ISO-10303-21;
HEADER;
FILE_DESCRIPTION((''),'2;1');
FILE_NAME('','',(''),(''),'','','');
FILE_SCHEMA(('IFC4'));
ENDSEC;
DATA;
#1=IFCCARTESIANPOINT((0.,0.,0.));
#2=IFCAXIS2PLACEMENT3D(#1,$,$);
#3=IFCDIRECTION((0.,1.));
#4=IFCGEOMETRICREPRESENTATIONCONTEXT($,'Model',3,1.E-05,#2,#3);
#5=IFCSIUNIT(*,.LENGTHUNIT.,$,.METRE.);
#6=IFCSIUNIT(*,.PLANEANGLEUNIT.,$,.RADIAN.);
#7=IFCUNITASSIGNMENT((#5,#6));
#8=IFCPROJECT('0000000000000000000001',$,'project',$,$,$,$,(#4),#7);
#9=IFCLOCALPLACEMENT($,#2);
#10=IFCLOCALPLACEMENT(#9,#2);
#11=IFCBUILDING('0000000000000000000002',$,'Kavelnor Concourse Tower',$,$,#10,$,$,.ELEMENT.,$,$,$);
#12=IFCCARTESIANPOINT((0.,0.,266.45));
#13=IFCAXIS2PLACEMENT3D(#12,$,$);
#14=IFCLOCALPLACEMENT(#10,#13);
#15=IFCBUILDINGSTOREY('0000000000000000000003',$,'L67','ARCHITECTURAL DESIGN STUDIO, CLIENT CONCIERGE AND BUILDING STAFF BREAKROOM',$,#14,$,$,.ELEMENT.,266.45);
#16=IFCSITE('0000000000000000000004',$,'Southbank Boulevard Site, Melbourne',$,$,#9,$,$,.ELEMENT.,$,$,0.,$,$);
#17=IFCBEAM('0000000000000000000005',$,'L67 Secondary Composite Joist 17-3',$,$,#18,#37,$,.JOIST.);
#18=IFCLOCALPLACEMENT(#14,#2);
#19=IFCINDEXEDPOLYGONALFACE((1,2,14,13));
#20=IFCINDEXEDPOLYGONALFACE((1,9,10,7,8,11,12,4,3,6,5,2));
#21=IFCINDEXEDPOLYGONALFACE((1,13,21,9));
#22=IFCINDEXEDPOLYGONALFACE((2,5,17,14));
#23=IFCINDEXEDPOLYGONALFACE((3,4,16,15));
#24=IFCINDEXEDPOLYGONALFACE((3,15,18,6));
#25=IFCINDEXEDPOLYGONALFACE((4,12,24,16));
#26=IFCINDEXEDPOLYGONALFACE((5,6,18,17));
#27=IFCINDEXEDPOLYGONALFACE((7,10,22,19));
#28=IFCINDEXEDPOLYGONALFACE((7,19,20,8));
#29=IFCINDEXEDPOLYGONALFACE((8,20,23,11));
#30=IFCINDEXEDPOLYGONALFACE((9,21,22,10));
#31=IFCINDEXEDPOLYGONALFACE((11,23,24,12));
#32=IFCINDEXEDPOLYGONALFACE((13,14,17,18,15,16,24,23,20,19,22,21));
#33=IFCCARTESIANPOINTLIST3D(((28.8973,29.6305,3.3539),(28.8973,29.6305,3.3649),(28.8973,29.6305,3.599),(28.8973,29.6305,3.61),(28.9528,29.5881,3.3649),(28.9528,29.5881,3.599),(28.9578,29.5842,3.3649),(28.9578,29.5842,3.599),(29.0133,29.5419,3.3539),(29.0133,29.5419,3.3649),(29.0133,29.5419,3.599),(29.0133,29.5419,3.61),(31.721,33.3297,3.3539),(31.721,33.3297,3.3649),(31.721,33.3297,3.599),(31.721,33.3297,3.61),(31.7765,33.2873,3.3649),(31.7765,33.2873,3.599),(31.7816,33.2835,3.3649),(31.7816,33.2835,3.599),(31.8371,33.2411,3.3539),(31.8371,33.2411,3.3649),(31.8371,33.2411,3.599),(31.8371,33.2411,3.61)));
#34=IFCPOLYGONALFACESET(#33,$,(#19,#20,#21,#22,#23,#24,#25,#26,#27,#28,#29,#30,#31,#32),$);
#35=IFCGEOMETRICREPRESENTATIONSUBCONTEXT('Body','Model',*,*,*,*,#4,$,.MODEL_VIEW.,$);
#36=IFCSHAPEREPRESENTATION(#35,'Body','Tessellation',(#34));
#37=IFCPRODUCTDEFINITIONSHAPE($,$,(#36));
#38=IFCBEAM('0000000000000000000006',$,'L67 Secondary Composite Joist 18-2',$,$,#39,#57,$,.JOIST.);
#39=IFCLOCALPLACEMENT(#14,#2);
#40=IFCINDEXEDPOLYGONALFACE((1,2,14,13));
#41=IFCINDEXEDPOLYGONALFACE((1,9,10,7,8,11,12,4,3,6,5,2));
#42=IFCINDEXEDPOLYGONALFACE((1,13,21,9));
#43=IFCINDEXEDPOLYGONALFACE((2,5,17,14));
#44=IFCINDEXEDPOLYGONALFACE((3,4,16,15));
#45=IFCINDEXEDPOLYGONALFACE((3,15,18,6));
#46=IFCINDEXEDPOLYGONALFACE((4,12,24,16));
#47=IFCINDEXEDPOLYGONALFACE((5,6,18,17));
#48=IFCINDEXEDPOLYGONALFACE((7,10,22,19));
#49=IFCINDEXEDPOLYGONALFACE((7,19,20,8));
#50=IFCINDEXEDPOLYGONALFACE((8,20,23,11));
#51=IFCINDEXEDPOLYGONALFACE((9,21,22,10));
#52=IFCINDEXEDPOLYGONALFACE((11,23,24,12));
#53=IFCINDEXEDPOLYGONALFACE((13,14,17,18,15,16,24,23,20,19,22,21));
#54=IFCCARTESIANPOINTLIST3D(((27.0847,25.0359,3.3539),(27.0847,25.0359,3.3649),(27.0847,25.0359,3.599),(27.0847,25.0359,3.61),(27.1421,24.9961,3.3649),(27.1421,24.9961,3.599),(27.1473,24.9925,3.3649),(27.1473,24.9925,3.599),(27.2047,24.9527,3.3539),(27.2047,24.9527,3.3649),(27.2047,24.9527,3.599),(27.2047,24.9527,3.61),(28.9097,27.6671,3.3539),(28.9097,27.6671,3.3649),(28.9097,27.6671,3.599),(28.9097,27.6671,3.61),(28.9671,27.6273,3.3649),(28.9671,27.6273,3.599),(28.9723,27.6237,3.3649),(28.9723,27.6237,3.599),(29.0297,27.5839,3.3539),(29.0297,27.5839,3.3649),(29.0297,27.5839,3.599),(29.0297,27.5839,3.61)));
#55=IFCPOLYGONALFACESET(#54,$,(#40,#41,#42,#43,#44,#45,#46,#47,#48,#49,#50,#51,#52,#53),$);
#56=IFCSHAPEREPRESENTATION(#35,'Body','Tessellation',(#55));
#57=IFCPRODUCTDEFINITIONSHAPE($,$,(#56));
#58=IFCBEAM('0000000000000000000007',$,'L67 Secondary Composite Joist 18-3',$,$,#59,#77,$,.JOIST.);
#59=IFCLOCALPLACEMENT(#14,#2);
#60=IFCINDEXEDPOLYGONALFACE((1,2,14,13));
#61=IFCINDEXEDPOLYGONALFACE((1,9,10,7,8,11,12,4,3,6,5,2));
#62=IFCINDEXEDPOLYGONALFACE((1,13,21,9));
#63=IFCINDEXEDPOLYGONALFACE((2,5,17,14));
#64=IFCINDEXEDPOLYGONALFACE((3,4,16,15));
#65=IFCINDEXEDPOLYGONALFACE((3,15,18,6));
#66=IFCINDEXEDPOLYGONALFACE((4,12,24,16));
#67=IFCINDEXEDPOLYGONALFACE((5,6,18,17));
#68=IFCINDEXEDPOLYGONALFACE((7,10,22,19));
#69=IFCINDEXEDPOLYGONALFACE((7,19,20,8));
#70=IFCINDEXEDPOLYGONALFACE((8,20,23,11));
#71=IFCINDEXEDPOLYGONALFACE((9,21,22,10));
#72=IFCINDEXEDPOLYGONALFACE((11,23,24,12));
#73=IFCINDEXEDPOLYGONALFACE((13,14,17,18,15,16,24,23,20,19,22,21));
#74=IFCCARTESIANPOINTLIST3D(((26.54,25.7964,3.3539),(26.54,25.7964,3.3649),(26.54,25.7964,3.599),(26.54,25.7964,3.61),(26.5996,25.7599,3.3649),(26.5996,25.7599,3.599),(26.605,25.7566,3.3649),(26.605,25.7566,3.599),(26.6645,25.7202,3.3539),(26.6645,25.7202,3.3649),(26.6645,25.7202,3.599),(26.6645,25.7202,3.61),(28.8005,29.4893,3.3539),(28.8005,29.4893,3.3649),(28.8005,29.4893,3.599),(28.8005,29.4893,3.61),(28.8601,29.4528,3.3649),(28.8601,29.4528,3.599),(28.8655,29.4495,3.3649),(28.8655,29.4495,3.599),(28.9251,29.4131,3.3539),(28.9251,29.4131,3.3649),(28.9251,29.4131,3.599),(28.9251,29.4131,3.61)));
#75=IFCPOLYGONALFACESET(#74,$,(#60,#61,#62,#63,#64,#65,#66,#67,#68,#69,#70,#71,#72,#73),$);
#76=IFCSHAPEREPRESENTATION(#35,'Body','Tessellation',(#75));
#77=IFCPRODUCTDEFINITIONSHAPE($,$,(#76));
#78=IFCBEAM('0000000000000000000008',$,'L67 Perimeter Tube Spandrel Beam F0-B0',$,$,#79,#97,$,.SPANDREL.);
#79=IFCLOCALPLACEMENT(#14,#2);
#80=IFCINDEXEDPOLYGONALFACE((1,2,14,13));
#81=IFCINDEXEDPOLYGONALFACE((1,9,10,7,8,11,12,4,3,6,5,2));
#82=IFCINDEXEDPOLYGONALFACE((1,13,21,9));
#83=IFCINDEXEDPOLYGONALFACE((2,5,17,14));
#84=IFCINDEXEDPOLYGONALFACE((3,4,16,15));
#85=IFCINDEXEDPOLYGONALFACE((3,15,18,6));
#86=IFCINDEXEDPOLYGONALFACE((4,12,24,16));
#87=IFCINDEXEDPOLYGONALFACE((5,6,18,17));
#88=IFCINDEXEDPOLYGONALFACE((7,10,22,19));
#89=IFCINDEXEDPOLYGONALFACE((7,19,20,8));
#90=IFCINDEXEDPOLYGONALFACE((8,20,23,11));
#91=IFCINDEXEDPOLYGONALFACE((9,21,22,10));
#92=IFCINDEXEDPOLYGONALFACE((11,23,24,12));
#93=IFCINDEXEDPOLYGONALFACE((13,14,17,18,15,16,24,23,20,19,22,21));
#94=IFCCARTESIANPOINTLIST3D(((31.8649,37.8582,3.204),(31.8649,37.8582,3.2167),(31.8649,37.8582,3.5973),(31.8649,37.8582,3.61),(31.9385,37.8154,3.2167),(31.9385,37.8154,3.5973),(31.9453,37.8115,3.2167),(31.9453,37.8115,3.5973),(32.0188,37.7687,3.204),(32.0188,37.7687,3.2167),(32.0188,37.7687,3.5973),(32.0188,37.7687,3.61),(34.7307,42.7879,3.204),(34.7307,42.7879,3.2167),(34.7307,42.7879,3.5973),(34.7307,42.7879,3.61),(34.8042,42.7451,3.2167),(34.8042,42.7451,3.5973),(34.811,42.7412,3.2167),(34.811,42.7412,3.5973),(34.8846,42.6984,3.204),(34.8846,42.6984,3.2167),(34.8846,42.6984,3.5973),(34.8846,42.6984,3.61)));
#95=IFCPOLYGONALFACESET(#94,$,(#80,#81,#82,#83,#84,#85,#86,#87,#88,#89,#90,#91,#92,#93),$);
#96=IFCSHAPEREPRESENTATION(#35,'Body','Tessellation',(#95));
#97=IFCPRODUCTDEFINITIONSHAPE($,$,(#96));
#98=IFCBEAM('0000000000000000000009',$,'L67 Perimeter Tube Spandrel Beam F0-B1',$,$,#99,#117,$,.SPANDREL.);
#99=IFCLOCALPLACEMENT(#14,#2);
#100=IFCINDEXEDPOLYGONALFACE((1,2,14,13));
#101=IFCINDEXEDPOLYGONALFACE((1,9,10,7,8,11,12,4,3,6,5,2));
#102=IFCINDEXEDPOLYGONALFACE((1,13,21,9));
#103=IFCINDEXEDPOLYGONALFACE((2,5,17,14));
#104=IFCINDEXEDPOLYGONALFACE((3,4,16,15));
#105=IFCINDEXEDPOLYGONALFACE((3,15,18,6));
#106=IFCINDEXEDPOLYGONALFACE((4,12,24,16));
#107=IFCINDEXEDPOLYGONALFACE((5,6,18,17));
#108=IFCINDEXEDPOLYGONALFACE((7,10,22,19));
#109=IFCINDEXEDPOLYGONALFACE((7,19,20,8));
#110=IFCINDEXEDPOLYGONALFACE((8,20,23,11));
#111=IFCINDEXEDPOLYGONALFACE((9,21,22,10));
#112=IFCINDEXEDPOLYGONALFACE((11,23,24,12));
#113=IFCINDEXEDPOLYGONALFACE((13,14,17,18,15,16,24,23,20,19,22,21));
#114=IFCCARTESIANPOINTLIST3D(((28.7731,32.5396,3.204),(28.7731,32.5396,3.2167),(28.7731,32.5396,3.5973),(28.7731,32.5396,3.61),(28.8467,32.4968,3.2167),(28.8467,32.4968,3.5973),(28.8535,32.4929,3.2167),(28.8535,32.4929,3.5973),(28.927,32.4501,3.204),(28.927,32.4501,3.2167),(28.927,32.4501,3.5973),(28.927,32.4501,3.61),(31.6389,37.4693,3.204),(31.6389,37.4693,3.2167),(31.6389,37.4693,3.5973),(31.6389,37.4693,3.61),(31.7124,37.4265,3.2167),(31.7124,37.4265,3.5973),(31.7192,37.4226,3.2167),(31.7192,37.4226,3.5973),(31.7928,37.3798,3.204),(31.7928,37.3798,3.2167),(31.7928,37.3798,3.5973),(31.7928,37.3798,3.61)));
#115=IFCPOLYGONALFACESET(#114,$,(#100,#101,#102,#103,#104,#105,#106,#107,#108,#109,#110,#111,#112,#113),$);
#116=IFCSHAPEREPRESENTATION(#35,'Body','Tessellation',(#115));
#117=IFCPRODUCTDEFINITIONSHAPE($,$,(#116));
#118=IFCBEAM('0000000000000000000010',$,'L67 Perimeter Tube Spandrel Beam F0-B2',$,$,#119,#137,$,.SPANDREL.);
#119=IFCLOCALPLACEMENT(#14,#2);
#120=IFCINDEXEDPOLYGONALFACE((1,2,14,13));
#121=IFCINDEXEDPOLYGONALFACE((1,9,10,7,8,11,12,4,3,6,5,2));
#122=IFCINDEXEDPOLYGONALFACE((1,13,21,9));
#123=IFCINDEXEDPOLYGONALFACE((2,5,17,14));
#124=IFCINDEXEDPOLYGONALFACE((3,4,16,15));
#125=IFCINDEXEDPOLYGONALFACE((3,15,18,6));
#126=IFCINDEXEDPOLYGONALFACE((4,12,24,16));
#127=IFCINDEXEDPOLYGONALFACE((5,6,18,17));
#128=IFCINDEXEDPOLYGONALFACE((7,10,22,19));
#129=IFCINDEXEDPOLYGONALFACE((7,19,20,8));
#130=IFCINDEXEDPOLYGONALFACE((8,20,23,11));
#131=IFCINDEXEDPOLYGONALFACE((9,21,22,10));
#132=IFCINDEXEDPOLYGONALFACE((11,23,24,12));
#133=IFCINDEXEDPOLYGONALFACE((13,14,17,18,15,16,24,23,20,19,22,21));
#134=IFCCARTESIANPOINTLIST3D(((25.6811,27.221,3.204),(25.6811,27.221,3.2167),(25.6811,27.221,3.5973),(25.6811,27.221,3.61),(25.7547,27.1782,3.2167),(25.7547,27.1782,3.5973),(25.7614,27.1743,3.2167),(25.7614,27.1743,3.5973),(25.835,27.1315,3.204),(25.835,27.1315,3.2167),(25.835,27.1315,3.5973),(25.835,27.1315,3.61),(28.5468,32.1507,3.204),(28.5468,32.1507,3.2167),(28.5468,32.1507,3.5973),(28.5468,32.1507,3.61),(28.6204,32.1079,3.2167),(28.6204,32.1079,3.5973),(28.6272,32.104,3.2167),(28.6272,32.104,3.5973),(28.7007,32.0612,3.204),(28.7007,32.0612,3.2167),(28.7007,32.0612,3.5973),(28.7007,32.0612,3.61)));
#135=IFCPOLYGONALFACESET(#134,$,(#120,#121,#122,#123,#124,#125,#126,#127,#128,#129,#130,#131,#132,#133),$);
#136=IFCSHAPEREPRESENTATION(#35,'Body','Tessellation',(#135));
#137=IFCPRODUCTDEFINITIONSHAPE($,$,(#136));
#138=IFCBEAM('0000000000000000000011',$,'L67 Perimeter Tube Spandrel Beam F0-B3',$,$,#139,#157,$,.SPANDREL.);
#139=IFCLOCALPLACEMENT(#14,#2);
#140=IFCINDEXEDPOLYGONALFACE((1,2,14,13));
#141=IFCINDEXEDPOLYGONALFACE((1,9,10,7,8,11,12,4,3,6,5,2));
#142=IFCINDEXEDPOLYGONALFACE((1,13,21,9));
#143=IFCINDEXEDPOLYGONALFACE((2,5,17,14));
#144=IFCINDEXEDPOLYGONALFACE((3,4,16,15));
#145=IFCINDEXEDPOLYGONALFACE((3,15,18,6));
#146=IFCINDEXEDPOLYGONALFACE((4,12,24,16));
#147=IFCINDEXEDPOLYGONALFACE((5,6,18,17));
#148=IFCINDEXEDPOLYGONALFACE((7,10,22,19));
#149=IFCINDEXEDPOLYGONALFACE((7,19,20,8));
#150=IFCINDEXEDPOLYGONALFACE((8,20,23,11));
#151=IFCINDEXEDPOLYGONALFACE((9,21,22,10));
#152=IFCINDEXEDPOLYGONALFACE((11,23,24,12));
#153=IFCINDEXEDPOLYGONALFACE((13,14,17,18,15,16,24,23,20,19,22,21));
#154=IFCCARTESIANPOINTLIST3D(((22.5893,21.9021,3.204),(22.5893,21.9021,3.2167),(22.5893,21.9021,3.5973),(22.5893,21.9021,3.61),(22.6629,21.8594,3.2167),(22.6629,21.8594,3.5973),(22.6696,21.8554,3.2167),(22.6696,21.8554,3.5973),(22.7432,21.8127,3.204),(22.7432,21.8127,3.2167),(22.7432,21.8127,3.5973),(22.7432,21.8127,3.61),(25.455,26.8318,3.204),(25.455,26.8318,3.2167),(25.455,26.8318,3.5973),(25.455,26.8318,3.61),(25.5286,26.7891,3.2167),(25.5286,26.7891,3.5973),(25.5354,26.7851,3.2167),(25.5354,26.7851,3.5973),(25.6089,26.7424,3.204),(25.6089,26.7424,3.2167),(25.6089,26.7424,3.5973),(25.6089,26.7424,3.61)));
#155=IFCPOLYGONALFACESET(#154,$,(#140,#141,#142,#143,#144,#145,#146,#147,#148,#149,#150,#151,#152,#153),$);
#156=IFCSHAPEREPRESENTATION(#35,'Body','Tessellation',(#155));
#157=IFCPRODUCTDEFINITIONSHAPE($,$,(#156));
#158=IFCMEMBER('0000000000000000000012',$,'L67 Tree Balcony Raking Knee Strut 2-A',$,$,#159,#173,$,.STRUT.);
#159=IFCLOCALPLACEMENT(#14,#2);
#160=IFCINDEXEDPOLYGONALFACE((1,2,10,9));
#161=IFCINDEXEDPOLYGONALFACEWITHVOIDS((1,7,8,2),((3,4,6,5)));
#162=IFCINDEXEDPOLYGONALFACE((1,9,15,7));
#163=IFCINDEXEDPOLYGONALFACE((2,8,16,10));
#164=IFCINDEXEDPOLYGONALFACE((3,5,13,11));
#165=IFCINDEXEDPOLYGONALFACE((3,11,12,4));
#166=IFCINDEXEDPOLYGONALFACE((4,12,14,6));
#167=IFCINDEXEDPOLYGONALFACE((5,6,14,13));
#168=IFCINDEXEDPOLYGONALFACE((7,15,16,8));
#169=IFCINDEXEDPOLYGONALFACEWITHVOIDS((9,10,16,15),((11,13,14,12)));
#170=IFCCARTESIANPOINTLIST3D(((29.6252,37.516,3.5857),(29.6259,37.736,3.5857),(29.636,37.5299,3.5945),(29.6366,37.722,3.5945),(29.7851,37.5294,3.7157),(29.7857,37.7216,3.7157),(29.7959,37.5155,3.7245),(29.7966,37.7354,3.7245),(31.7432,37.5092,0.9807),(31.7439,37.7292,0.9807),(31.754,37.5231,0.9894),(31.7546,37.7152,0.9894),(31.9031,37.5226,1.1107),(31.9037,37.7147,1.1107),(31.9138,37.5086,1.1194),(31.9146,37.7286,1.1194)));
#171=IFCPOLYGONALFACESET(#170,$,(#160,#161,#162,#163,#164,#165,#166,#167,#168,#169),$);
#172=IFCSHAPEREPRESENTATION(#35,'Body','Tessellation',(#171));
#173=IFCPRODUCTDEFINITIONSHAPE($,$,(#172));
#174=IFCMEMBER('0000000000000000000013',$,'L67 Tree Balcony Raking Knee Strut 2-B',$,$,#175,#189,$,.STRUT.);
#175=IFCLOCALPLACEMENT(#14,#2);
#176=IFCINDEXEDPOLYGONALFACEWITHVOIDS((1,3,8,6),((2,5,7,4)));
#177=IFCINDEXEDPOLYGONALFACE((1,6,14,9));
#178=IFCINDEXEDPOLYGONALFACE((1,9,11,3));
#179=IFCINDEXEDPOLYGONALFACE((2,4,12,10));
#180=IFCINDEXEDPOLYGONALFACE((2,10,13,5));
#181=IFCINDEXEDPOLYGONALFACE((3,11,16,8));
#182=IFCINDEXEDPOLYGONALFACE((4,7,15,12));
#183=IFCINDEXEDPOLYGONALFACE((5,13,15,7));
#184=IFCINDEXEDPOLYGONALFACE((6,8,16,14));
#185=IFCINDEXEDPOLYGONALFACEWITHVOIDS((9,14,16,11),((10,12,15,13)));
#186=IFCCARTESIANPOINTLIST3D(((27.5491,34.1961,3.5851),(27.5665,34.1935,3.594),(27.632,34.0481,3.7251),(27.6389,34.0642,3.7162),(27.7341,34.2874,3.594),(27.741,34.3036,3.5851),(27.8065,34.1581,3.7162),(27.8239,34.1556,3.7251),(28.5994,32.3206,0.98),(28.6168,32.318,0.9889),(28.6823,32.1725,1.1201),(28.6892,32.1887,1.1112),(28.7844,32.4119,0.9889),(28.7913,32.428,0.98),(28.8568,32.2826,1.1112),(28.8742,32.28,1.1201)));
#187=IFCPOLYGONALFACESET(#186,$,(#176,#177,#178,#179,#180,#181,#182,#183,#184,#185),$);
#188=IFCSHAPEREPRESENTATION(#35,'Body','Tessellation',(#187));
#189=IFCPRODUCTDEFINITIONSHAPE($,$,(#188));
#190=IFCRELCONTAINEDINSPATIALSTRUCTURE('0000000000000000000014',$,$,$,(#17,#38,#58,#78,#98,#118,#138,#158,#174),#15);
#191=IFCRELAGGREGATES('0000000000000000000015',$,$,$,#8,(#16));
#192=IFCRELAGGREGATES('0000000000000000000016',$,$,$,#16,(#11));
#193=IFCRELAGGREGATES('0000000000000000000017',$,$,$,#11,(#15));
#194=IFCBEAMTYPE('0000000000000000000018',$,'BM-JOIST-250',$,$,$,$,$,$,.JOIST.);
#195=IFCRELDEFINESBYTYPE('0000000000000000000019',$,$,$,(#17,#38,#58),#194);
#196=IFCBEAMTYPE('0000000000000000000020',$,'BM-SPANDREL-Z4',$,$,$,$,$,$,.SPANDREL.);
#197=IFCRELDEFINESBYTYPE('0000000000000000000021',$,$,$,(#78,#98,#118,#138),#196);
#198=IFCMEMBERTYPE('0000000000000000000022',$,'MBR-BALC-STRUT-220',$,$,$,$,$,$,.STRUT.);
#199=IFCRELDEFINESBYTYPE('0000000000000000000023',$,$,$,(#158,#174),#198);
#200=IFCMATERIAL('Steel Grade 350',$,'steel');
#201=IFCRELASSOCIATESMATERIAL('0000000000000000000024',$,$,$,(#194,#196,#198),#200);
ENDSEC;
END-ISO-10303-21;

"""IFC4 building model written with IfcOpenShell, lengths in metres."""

from ifc_helpers import new_model, si_unit, direction, frame, origin, origin_2d, place, context, subcontext, project, spatial, hollow_rectangle, i_section, extrude, material, material_profile, profile_set, type_object, element, save


model = new_model("IFC4")

# Units and contexts
model_context = context("Model", 3, precision=1e-05, world=origin(), true_north=direction((0.0, 1.0)))
body_context = subcontext(model_context, "Body", "Model", "MODEL_VIEW")
ifc_project = project(units=[si_unit("LENGTHUNIT", "METRE"), si_unit("PLANEANGLEUNIT", "RADIAN")], contexts=[model_context])

# Site, building, storey
site_placement = place(None, origin())
site = spatial("IfcSite", under=ifc_project, at=site_placement, Name="Southbank Boulevard Site, Melbourne", CompositionType="ELEMENT", RefElevation=0.0)
building_placement = place(site_placement, origin())
building = spatial("IfcBuilding", under=site, at=building_placement, Name="Kavelnor Concourse Tower", CompositionType="ELEMENT")
storey_placement = place(building_placement, frame((0.0, 0.0, 266.45)))
storey = spatial("IfcBuildingStorey", under=building, at=storey_placement, Name="L67", Description="ARCHITECTURAL DESIGN STUDIO, CLIENT CONCIERGE AND BUILDING STAFF BREAKROOM", CompositionType="ELEMENT", Elevation=266.45)

# Shared definitions
ifc_material_1 = material(Name="Steel Grade 350", Category="steel")

# Beams
ifc_material_profile_1 = material_profile(ifc_material_1, i_section(OverallWidth=0.146, OverallDepth=0.2561, WebThickness=0.0063, FlangeThickness=0.011, at=origin_2d()), Name="250UB37")
ifc_profile_set_1 = profile_set([ifc_material_profile_1], Name="Steel Grade 350")
beam_type_1 = type_object("IfcBeamType", Name="BM-JOIST-250", PredefinedType="JOIST", material=ifc_profile_set_1)
beam_1_placement = place(storey_placement, frame((31.7791, 33.2854, 3.4819), z_axis=(-0.606761, -0.794885, 0.0), x_axis=(0.794885, -0.606761, 0.0)))
element("IfcBeam", 1, at=beam_1_placement, inside=storey, type_object=beam_type_1, Name="L67 Secondary Composite Joist 17-3", PredefinedType="JOIST", context=body_context, shape_type="SweptSolid", body=[
    extrude(i_section(OverallWidth=0.146, OverallDepth=0.2561, WebThickness=0.0063, FlangeThickness=0.011, at=origin_2d()), origin(), (0.0, 0.0, 1.0), 4.6538),
])
beam_2_placement = place(storey_placement, frame((28.9697, 27.6255, 3.4819), z_axis=(-0.569931, -0.821692, 0.0), x_axis=(0.821692, -0.569931, 0.0)))
element("IfcBeam", 2, at=beam_2_placement, inside=storey, type_object=beam_type_1, Name="L67 Secondary Composite Joist 18-2", PredefinedType="JOIST", context=body_context, shape_type="SweptSolid", body=[
    extrude(i_section(OverallWidth=0.146, OverallDepth=0.2561, WebThickness=0.0063, FlangeThickness=0.011, at=origin_2d()), origin(), (0.0, 0.0, 1.0), 3.2021),
])
beam_3_placement = place(storey_placement, frame((28.8628, 29.4512, 3.4819), z_axis=(-0.522079, -0.852897, 0.0), x_axis=(0.852897, -0.522079, 0.0)))
element("IfcBeam", 3, at=beam_3_placement, inside=storey, type_object=beam_type_1, Name="L67 Secondary Composite Joist 18-3", PredefinedType="JOIST", context=body_context, shape_type="SweptSolid", body=[
    extrude(i_section(OverallWidth=0.146, OverallDepth=0.2561, WebThickness=0.0063, FlangeThickness=0.011, at=origin_2d()), origin(), (0.0, 0.0, 1.0), 4.3298),
])
ifc_material_profile_2 = material_profile(ifc_material_1, i_section(OverallWidth=0.178, OverallDepth=0.406, WebThickness=0.0078, FlangeThickness=0.0127, at=origin_2d()), Name="410UB59")
ifc_profile_set_2 = profile_set([ifc_material_profile_2], Name="Steel Grade 350")
beam_type_2 = type_object("IfcBeamType", Name="BM-SPANDREL-Z4", PredefinedType="SPANDREL", material=ifc_profile_set_2)
for number, where, z_axis, x_axis, name in (
    (4, (34.8076, 42.7432, 3.407), (-0.502571, -0.864536, 0.0), (0.864536, -0.502571, 0.0), "L67 Perimeter Tube Spandrel Beam F0-B0"),
    (5, (31.7158, 37.4246, 3.407), (-0.502571, -0.864536, 0.0), (0.864536, -0.502571, 0.0), "L67 Perimeter Tube Spandrel Beam F0-B1"),
    (6, (28.6238, 32.106, 3.407), (-0.502571, -0.864536, 0.0), (0.864536, -0.502571, 0.0), "L67 Perimeter Tube Spandrel Beam F0-B2"),
    (7, (25.532, 26.7871, 3.407), (-0.502571, -0.864536, 0.0), (0.864536, -0.502571, 0.0), "L67 Perimeter Tube Spandrel Beam F0-B3"),
):
    element("IfcBeam", number, at=place(storey_placement, frame(where, z_axis=z_axis, x_axis=x_axis)), inside=storey, type_object=beam_type_2, Name=name, PredefinedType="SPANDREL", context=body_context, shape_type="SweptSolid", body=[
        extrude(i_section(OverallWidth=0.178, OverallDepth=0.406, WebThickness=0.0078, FlangeThickness=0.0127, at=origin_2d()), origin(), (0.0, 0.0, 1.0), 5.7021),
    ])

# Members
ifc_material_profile_3 = material_profile(ifc_material_1, hollow_rectangle(XDim=0.22, YDim=0.22, WallThickness=0.0139, at=origin_2d()), Name="SHS 220x220x14")
ifc_profile_set_3 = profile_set([ifc_material_profile_3], Name="Steel Grade 350")
member_type_1 = type_object("IfcMemberType", Name="MBR-BALC-STRUT-220", PredefinedType="STRUT", material=ifc_profile_set_3)
member_1_placement = place(storey_placement, frame((31.8289, 37.6189, 1.05), z_axis=(-0.630838, 0.002036, 0.775912), x_axis=(-0.003228, -0.999995, 0.0)))
element("IfcMember", 8, at=member_1_placement, inside=storey, type_object=member_type_1, Name="L67 Tree Balcony Raking Knee Strut 2-A", PredefinedType="STRUT", context=body_context, shape_type="SweptSolid", body=[
    extrude(hollow_rectangle(XDim=0.22, YDim=0.22, WallThickness=0.0139, at=origin_2d()), origin(), (0.0, 0.0, 1.0), 3.3574),
])
member_2_placement = place(storey_placement, frame((28.7368, 32.3003, 1.05), z_axis=(-0.310981, 0.555314, 0.771309), x_axis=(-0.872502, -0.48861, 0.0)))
element("IfcMember", 9, at=member_2_placement, inside=storey, type_object=member_type_1, Name="L67 Tree Balcony Raking Knee Strut 2-B", PredefinedType="STRUT", context=body_context, shape_type="SweptSolid", body=[
    extrude(hollow_rectangle(XDim=0.22, YDim=0.22, WallThickness=0.0139, at=origin_2d()), origin(), (0.0, 0.0, 1.0), 3.3774),
])

save(model, "model.ifc")
